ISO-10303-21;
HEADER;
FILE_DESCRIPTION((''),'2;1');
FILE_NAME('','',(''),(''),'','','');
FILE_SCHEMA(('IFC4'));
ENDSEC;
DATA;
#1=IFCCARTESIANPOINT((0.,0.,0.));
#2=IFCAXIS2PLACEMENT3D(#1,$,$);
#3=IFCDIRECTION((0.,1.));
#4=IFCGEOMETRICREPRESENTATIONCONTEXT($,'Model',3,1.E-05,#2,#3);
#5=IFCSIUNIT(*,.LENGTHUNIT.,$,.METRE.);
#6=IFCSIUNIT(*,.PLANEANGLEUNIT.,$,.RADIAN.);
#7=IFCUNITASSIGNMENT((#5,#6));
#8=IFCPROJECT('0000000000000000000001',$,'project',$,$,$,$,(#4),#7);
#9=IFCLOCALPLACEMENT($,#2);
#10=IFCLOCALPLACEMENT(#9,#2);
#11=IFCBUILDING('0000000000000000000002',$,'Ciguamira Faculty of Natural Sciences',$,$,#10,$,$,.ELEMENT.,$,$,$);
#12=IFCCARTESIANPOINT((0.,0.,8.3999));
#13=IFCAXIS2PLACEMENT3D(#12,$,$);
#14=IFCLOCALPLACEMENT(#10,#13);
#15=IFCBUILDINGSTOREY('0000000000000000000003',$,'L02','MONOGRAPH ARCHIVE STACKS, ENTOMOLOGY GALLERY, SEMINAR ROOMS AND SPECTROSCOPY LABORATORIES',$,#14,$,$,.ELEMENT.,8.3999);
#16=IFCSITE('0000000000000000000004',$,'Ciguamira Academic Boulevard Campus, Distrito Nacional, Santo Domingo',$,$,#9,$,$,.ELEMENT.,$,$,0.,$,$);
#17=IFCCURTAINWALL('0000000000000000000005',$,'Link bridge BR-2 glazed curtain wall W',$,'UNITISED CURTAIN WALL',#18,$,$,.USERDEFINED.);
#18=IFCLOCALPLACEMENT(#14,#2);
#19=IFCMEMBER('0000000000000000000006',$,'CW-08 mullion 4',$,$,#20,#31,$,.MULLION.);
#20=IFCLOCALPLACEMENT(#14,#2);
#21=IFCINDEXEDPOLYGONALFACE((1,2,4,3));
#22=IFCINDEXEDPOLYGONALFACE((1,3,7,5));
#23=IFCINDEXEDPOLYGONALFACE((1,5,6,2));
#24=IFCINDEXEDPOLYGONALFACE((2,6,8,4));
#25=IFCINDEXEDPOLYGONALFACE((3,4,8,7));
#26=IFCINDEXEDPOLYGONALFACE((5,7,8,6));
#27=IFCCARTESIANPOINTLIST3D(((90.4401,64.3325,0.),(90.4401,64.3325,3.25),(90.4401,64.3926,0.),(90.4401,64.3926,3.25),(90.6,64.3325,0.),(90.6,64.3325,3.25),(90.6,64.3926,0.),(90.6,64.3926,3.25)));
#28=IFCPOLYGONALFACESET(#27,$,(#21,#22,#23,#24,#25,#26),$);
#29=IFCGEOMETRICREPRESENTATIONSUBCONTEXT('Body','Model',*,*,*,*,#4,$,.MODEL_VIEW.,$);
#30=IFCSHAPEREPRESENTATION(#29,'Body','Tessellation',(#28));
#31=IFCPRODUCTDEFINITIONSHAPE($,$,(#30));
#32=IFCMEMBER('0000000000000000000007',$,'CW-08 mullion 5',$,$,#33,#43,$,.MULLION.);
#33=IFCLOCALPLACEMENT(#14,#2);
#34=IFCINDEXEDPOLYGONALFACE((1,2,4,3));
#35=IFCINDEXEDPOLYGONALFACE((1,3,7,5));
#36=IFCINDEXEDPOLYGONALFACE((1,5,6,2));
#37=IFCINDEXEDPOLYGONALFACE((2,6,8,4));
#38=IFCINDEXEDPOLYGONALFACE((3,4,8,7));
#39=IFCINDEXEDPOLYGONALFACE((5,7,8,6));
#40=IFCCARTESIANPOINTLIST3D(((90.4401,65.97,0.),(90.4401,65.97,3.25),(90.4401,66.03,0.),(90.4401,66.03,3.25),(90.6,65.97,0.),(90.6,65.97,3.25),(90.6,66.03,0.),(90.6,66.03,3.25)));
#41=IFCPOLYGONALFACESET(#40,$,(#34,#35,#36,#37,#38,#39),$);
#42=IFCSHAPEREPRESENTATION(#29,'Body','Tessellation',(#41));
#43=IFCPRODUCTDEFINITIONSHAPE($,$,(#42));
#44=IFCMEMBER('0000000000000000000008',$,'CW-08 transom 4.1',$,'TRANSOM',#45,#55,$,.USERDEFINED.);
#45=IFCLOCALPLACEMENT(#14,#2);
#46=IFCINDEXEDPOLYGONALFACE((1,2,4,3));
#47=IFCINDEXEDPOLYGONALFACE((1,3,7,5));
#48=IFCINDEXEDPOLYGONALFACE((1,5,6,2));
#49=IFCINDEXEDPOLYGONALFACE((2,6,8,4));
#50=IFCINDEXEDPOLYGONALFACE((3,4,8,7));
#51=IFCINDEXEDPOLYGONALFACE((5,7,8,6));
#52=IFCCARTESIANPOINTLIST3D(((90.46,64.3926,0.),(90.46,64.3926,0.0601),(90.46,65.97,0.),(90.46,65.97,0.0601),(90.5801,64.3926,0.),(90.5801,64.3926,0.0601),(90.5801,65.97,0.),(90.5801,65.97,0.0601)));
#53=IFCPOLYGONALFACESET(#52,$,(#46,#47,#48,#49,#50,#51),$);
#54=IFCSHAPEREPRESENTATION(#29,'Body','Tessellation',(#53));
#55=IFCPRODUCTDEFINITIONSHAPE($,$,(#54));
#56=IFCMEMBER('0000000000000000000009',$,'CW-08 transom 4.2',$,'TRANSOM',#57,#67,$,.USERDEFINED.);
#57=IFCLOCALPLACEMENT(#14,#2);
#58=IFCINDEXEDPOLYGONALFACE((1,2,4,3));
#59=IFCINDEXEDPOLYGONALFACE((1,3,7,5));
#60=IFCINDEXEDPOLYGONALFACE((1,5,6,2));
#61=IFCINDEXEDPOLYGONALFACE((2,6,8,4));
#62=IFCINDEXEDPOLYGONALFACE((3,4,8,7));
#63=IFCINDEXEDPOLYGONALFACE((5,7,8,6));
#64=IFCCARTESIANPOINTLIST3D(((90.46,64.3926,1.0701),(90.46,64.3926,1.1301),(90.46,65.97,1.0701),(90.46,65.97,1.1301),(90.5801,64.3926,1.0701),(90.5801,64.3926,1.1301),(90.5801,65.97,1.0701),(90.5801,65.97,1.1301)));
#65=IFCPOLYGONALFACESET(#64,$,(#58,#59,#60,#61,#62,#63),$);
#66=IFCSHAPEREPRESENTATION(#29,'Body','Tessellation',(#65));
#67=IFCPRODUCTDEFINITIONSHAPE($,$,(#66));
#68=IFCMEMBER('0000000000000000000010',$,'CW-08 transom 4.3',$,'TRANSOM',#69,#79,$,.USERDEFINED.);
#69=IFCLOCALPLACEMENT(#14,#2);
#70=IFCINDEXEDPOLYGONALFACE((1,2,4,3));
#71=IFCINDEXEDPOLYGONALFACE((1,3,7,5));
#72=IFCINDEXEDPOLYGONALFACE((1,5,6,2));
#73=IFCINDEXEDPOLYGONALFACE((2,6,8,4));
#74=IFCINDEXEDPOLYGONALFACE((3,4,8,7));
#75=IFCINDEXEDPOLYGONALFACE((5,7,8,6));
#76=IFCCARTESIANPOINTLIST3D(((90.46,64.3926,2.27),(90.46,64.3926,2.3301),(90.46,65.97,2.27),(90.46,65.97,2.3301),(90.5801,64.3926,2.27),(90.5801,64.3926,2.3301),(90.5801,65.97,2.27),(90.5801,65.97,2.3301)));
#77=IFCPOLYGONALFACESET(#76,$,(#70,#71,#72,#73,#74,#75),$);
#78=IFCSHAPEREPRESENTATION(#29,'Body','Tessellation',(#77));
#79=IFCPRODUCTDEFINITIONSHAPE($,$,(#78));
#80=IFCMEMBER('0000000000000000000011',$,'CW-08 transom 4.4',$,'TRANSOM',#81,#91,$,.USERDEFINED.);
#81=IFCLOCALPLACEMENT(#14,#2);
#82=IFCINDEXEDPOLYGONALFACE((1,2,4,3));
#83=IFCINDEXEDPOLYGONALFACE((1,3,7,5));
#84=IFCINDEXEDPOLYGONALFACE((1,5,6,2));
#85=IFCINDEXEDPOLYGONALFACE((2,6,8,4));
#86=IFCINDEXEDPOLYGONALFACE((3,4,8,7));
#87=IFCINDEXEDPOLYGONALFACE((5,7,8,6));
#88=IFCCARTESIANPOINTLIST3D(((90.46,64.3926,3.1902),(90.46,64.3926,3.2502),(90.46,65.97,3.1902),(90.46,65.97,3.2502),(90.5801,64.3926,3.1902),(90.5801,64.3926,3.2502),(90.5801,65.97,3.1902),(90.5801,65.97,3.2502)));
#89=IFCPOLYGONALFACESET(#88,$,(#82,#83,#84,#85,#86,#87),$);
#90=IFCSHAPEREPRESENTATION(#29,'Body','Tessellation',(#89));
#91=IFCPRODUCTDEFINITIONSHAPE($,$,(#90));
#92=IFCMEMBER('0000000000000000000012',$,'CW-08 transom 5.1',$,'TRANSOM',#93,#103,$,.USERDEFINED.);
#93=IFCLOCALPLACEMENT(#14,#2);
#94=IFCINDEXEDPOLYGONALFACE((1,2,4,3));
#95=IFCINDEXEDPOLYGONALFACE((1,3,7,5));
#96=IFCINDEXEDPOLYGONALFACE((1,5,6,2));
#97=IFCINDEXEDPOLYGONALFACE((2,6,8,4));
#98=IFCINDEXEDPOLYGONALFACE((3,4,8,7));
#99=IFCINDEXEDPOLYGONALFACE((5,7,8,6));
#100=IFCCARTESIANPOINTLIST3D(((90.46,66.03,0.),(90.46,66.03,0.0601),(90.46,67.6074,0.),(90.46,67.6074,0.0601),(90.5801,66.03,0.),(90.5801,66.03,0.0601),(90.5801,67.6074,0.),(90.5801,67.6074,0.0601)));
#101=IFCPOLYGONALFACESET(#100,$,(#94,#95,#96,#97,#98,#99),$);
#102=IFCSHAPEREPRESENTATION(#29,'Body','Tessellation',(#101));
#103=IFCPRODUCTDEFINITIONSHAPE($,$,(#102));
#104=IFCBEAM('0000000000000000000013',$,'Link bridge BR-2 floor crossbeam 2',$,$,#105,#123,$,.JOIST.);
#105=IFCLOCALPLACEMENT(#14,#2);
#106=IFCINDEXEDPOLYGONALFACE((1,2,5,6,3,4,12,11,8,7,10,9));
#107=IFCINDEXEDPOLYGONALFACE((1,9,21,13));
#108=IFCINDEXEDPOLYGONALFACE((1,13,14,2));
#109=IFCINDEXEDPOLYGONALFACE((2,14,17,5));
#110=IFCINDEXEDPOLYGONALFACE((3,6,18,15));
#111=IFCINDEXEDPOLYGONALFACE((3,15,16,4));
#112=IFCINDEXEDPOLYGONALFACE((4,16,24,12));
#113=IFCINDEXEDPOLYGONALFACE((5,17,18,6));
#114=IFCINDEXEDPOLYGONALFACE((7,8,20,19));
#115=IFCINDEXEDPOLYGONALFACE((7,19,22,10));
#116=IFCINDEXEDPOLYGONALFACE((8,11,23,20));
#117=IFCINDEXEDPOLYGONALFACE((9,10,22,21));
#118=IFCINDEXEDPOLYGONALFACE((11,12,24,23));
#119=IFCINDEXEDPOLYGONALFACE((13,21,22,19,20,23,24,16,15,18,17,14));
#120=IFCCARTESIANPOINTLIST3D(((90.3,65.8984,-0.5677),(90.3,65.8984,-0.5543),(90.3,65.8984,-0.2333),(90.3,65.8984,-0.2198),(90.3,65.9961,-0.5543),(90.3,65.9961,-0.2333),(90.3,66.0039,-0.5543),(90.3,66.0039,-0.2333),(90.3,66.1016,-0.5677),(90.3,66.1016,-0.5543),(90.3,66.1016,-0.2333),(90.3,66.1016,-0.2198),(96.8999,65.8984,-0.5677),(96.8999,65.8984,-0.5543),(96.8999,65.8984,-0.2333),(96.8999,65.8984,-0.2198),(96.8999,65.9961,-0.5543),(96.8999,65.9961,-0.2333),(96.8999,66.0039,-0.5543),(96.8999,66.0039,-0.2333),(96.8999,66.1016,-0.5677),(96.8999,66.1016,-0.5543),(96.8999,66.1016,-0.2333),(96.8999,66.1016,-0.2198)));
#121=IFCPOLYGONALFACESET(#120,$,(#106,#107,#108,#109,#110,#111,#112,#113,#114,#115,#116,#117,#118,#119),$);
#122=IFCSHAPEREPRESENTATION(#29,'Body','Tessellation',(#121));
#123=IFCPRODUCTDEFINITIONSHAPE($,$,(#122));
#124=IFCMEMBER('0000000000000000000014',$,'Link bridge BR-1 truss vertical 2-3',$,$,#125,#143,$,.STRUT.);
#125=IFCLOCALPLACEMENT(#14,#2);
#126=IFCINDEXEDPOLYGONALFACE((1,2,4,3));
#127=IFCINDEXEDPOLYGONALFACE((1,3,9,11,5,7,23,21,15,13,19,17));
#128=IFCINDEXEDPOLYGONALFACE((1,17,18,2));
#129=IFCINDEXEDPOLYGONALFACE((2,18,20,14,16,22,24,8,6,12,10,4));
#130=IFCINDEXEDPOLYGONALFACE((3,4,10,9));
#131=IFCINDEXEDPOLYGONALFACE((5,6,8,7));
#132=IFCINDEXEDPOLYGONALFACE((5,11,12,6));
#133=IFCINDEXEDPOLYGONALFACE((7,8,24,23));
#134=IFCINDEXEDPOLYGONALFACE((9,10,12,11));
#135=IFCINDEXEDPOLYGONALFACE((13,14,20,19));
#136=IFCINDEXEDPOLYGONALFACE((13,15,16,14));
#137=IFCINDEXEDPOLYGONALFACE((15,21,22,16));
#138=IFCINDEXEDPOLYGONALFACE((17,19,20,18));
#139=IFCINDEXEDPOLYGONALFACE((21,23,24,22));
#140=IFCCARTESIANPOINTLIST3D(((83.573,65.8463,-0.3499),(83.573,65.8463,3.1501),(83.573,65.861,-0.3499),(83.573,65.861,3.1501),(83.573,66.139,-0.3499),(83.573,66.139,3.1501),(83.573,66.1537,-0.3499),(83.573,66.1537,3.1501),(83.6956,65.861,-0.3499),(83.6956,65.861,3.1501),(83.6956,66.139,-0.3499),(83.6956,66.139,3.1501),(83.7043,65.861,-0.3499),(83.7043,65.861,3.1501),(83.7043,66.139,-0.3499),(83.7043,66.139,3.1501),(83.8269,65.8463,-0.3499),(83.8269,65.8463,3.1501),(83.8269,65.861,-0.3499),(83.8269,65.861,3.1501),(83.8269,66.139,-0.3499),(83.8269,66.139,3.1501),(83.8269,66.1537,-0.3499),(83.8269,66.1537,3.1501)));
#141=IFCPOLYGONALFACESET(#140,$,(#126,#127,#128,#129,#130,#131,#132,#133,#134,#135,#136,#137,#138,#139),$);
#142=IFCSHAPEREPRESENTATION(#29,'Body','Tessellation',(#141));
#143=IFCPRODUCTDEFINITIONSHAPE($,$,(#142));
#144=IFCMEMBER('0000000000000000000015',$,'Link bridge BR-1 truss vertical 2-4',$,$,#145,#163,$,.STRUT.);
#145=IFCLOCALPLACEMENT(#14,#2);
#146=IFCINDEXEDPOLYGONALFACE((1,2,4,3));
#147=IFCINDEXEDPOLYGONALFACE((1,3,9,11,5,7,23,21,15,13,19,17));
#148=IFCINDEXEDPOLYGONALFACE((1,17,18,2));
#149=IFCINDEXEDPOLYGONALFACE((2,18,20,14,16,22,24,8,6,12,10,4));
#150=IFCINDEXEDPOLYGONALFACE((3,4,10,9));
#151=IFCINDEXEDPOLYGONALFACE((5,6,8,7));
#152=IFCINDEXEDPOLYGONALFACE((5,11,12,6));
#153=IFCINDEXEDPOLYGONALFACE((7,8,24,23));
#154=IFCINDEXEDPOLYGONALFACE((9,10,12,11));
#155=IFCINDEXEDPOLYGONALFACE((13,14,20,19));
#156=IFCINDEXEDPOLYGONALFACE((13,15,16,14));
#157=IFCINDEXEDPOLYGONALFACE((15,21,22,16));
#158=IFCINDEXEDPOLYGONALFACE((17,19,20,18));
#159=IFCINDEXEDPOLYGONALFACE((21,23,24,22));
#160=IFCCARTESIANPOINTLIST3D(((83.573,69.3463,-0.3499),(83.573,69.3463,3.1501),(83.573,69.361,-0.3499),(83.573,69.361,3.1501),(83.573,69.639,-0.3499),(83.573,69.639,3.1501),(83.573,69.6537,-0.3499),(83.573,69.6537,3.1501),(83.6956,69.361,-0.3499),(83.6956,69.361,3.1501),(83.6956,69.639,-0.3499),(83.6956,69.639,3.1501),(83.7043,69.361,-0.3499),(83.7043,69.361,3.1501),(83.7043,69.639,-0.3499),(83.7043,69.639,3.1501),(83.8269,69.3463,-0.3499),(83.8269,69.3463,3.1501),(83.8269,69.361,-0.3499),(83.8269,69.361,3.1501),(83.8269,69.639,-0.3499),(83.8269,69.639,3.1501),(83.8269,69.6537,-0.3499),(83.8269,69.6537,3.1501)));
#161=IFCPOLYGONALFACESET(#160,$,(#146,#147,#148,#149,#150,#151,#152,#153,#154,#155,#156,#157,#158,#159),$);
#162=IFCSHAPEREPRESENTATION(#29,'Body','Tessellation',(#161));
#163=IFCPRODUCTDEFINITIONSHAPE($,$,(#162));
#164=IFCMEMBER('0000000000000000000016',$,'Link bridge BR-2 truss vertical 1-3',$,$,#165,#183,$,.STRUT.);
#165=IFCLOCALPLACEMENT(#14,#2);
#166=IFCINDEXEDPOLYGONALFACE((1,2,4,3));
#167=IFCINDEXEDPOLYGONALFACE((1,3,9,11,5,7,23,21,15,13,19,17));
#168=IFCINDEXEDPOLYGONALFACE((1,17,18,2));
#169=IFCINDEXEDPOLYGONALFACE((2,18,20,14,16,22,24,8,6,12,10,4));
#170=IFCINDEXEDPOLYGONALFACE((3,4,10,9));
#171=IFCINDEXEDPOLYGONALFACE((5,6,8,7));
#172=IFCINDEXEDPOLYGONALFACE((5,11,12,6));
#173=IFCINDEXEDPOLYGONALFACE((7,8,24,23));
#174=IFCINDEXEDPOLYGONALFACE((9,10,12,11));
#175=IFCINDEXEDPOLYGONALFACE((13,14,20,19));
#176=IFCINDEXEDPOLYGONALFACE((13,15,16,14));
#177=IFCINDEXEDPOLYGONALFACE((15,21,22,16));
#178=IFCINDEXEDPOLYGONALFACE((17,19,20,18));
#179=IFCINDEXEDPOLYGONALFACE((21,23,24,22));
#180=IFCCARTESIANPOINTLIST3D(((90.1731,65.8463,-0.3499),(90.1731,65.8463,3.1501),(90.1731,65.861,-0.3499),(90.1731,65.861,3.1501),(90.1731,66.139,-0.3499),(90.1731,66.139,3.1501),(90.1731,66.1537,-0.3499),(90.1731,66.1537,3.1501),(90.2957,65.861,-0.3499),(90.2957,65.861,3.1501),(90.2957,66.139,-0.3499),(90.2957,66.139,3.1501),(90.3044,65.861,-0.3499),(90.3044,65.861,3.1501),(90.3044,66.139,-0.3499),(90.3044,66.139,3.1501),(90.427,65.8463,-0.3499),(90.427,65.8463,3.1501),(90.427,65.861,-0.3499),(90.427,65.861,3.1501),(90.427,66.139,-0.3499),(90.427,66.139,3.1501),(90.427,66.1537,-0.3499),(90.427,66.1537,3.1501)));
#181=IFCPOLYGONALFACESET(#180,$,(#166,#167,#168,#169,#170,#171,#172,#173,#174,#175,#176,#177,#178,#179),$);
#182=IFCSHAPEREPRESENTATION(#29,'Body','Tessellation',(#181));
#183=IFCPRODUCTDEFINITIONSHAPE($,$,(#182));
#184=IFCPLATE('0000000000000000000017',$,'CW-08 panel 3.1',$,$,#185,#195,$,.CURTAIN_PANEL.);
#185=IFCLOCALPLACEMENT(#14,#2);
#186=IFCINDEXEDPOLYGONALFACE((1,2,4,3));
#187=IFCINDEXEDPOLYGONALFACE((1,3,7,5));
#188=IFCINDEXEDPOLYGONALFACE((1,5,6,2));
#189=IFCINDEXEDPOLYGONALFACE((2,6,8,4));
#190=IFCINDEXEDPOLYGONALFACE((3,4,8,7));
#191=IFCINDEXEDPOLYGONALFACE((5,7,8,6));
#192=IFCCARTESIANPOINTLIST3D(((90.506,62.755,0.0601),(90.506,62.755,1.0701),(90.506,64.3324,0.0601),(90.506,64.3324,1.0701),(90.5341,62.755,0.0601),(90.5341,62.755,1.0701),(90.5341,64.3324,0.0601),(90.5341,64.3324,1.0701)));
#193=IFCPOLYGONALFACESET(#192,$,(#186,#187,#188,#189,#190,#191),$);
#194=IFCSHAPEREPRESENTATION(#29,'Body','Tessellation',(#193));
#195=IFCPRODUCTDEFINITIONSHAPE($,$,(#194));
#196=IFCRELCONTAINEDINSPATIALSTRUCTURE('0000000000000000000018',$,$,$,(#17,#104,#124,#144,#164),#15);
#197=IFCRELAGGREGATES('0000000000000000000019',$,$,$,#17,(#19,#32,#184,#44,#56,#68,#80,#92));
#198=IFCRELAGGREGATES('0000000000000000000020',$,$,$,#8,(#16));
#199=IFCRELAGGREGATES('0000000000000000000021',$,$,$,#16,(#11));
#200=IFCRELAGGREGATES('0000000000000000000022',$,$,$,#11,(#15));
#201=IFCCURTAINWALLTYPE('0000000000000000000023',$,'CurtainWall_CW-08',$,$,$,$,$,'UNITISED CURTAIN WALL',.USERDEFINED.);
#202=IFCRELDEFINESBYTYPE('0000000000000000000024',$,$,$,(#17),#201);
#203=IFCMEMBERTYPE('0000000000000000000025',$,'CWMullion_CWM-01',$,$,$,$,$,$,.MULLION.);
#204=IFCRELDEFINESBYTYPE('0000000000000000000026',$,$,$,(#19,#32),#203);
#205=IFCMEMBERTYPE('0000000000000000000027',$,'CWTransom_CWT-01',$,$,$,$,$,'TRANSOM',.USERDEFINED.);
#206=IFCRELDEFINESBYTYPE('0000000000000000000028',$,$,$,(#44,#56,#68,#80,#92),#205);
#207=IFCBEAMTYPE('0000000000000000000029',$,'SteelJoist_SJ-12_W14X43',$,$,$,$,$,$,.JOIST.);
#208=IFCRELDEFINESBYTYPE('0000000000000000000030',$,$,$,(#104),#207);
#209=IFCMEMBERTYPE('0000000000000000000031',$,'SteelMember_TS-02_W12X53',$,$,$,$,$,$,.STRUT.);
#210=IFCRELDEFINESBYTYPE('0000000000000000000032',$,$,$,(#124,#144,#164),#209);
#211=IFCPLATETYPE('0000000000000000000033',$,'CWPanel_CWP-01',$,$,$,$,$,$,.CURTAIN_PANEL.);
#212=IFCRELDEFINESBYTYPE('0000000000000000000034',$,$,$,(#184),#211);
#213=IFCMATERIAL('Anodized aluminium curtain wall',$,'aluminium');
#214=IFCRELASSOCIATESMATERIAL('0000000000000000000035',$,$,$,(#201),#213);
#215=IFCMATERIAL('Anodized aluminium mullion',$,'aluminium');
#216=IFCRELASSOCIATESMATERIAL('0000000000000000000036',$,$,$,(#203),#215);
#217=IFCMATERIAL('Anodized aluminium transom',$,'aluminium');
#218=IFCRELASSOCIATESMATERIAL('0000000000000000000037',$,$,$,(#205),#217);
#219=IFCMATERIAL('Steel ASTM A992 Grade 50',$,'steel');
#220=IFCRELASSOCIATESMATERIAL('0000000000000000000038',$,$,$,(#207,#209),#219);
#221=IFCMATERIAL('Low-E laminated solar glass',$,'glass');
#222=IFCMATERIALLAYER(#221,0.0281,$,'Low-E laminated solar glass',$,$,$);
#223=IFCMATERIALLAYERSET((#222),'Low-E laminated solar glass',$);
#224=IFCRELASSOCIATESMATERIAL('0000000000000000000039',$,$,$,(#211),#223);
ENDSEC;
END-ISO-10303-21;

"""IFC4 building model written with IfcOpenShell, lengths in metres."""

from ifc_helpers import new_model, si_unit, direction, frame, origin, origin_2d, place, context, subcontext, project, spatial, rectangle, i_section, extrude, material, layer, layer_set, material_profile, profile_set, type_object, element, aggregate, save


model = new_model("IFC4")

# Units and contexts
model_context = context("Model", 3, precision=1e-05, world=origin(), true_north=direction((0.0, 1.0)))
body_context = subcontext(model_context, "Body", "Model", "MODEL_VIEW")
ifc_project = project(units=[si_unit("LENGTHUNIT", "METRE"), si_unit("PLANEANGLEUNIT", "RADIAN")], contexts=[model_context])

# Site, building, storey
site_placement = place(None, origin())
site = spatial("IfcSite", under=ifc_project, at=site_placement, Name="Ciguamira Academic Boulevard Campus, Distrito Nacional, Santo Domingo", CompositionType="ELEMENT", RefElevation=0.0)
building_placement = place(site_placement, origin())
building = spatial("IfcBuilding", under=site, at=building_placement, Name="Ciguamira Faculty of Natural Sciences", CompositionType="ELEMENT")
storey_placement = place(building_placement, frame((0.0, 0.0, 8.3999)))
storey = spatial("IfcBuildingStorey", under=building, at=storey_placement, Name="L02", Description="MONOGRAPH ARCHIVE STACKS, ENTOMOLOGY GALLERY, SEMINAR ROOMS AND SPECTROSCOPY LABORATORIES", CompositionType="ELEMENT", Elevation=8.3999)

# Curtain wall, members
ifc_material_1 = material(Name="Anodized aluminium curtain wall", Category="aluminium")
curtain_wall_type = type_object("IfcCurtainWallType", Name="CurtainWall_CW-08", ElementType="UNITISED CURTAIN WALL", PredefinedType="USERDEFINED", material=ifc_material_1)
curtain_wall_placement = place(storey_placement, origin())
curtain_wall = element("IfcCurtainWall", 1, at=curtain_wall_placement, inside=storey, type_object=curtain_wall_type, Name="Link bridge BR-2 glazed curtain wall W", ObjectType="UNITISED CURTAIN WALL", PredefinedType="USERDEFINED")
ifc_material_2 = material(Name="Anodized aluminium mullion", Category="aluminium")
ifc_material_profile_1 = material_profile(ifc_material_2, rectangle(XDim=0.0601, YDim=0.1599, at=origin_2d()), Name="ALU-MUL-60X160")
ifc_profile_set_1 = profile_set([ifc_material_profile_1], Name="Anodized aluminium mullion")
member_type_1 = type_object("IfcMemberType", Name="CWMullion_CWM-01", PredefinedType="MULLION", material=ifc_profile_set_1)
member_1_placement = place(storey_placement, frame((90.52, 64.3625, 0.0), z_axis=(0.0, 0.0, 1.0), x_axis=(0.0, 1.0, 0.0)))
member_1 = element("IfcMember", 2, at=member_1_placement, type_object=member_type_1, Name="CW-08 mullion 4", PredefinedType="MULLION", context=body_context, shape_type="SweptSolid", body=[
    extrude(rectangle(XDim=0.0601, YDim=0.1599, at=origin_2d()), origin(), (0.0, 0.0, 1.0), 3.25),
])
member_2_placement = place(storey_placement, frame((90.52, 66.0, 0.0), z_axis=(0.0, 0.0, 1.0), x_axis=(0.0, 1.0, 0.0)))
member_2 = element("IfcMember", 3, at=member_2_placement, type_object=member_type_1, Name="CW-08 mullion 5", PredefinedType="MULLION", context=body_context, shape_type="SweptSolid", body=[
    extrude(rectangle(XDim=0.0601, YDim=0.1599, at=origin_2d()), origin(), (0.0, 0.0, 1.0), 3.25),
])
ifc_material_3 = material(Name="Anodized aluminium transom", Category="aluminium")
ifc_material_profile_2 = material_profile(ifc_material_3, rectangle(XDim=0.0601, YDim=0.1201, at=origin_2d()), Name="ALU-TRN-60X120")
ifc_profile_set_2 = profile_set([ifc_material_profile_2], Name="Anodized aluminium transom")
member_type_2 = type_object("IfcMemberType", Name="CWTransom_CWT-01", ElementType="TRANSOM", PredefinedType="USERDEFINED", material=ifc_profile_set_2)
member_3_placement = place(storey_placement, frame((90.52, 64.3926, 0.03), z_axis=(0.0, 1.0, 0.0), x_axis=(0.0, 0.0, 1.0)))
member_3 = element("IfcMember", 4, at=member_3_placement, type_object=member_type_2, Name="CW-08 transom 4.1", ObjectType="TRANSOM", PredefinedType="USERDEFINED", context=body_context, shape_type="SweptSolid", body=[
    extrude(rectangle(XDim=0.0601, YDim=0.1201, at=origin_2d()), origin(), (0.0, 0.0, 1.0), 1.5774),
])
member_4_placement = place(storey_placement, frame((90.52, 64.3926, 1.1001), z_axis=(0.0, 1.0, 0.0), x_axis=(0.0, 0.0, 1.0)))
member_4 = element("IfcMember", 5, at=member_4_placement, type_object=member_type_2, Name="CW-08 transom 4.2", ObjectType="TRANSOM", PredefinedType="USERDEFINED", context=body_context, shape_type="SweptSolid", body=[
    extrude(rectangle(XDim=0.0601, YDim=0.1201, at=origin_2d()), origin(), (0.0, 0.0, 1.0), 1.5774),
])
member_5_placement = place(storey_placement, frame((90.52, 64.3926, 2.3), z_axis=(0.0, 1.0, 0.0), x_axis=(0.0, 0.0, 1.0)))
member_5 = element("IfcMember", 6, at=member_5_placement, type_object=member_type_2, Name="CW-08 transom 4.3", ObjectType="TRANSOM", PredefinedType="USERDEFINED", context=body_context, shape_type="SweptSolid", body=[
    extrude(rectangle(XDim=0.0601, YDim=0.1201, at=origin_2d()), origin(), (0.0, 0.0, 1.0), 1.5774),
])
member_6_placement = place(storey_placement, frame((90.52, 64.3926, 3.2202), z_axis=(0.0, 1.0, 0.0), x_axis=(0.0, 0.0, 1.0)))
member_6 = element("IfcMember", 7, at=member_6_placement, type_object=member_type_2, Name="CW-08 transom 4.4", ObjectType="TRANSOM", PredefinedType="USERDEFINED", context=body_context, shape_type="SweptSolid", body=[
    extrude(rectangle(XDim=0.0601, YDim=0.1201, at=origin_2d()), origin(), (0.0, 0.0, 1.0), 1.5774),
])
member_7_placement = place(storey_placement, frame((90.52, 66.03, 0.03), z_axis=(0.0, 1.0, 0.0), x_axis=(0.0, 0.0, 1.0)))
member_7 = element("IfcMember", 8, at=member_7_placement, type_object=member_type_2, Name="CW-08 transom 5.1", ObjectType="TRANSOM", PredefinedType="USERDEFINED", context=body_context, shape_type="SweptSolid", body=[
    extrude(rectangle(XDim=0.0601, YDim=0.1201, at=origin_2d()), origin(), (0.0, 0.0, 1.0), 1.5774),
])

# Beam
ifc_material_4 = material(Name="Steel ASTM A992 Grade 50", Category="steel")
ifc_material_profile_3 = material_profile(ifc_material_4, i_section(OverallWidth=0.2031, OverallDepth=0.3479, WebThickness=0.0078, FlangeThickness=0.0134, at=origin_2d()), Name="W14X43")
ifc_profile_set_3 = profile_set([ifc_material_profile_3], Name="Steel ASTM A992 Grade 50")
beam_type = type_object("IfcBeamType", Name="SteelJoist_SJ-12_W14X43", PredefinedType="JOIST", material=ifc_profile_set_3)
beam_placement = place(storey_placement, frame((90.3, 66.0, -0.3938), z_axis=(1.0, 0.0, 0.0), x_axis=(0.0, 1.0, 0.0)))
element("IfcBeam", 9, at=beam_placement, inside=storey, type_object=beam_type, Name="Link bridge BR-2 floor crossbeam 2", PredefinedType="JOIST", context=body_context, shape_type="SweptSolid", body=[
    extrude(i_section(OverallWidth=0.2031, OverallDepth=0.3479, WebThickness=0.0078, FlangeThickness=0.0134, at=origin_2d()), origin(), (0.0, 0.0, 1.0), 6.5999),
])

# Members
ifc_material_profile_4 = material_profile(ifc_material_4, i_section(OverallWidth=0.2539, OverallDepth=0.3074, WebThickness=0.0088, FlangeThickness=0.0146, at=origin_2d()), Name="W12X53")
ifc_profile_set_4 = profile_set([ifc_material_profile_4], Name="Steel ASTM A992 Grade 50")
member_type_3 = type_object("IfcMemberType", Name="SteelMember_TS-02_W12X53", PredefinedType="STRUT", material=ifc_profile_set_4)
for number, where, z_axis, x_axis, name in (
    (10, (83.7, 66.0, -0.3499), (0.0, 0.0, 1.0), (1.0, 0.0, 0.0), "Link bridge BR-1 truss vertical 2-3"),
    (11, (83.7, 69.5, -0.3499), (0.0, 0.0, 1.0), (1.0, 0.0, 0.0), "Link bridge BR-1 truss vertical 2-4"),
    (12, (90.3, 66.0, -0.3499), (0.0, 0.0, 1.0), (1.0, 0.0, 0.0), "Link bridge BR-2 truss vertical 1-3"),
):
    element("IfcMember", number, at=place(storey_placement, frame(where, z_axis=z_axis, x_axis=x_axis)), inside=storey, type_object=member_type_3, Name=name, PredefinedType="STRUT", context=body_context, shape_type="SweptSolid", body=[
        extrude(i_section(OverallWidth=0.2539, OverallDepth=0.3074, WebThickness=0.0088, FlangeThickness=0.0146, at=origin_2d()), origin(), (0.0, 0.0, 1.0), 3.5),
    ])

# Plate
ifc_material_5 = material(Name="Low-E laminated solar glass", Category="glass")
ifc_layer_1 = layer(ifc_material_5, 0.0281, Name="Low-E laminated solar glass")
ifc_layer_set_1 = layer_set([ifc_layer_1], Name="Low-E laminated solar glass")
plate_type_1 = type_object("IfcPlateType", Name="CWPanel_CWP-01", PredefinedType="CURTAIN_PANEL", material=ifc_layer_set_1)
plate_1_placement = place(storey_placement, frame((90.52, 63.5437, 0.0601), z_axis=(0.0, 0.0, 1.0), x_axis=(0.0, 1.0, 0.0)))
plate_1 = element("IfcPlate", 13, at=plate_1_placement, type_object=plate_type_1, Name="CW-08 panel 3.1", PredefinedType="CURTAIN_PANEL", context=body_context, shape_type="SweptSolid", body=[
    extrude(rectangle(XDim=1.5774, YDim=0.0281, at=origin_2d()), origin(), (0.0, 0.0, 1.0), 1.01),
])
aggregate(curtain_wall, [member_1, member_2, plate_1, member_3, member_4, member_5, member_6, member_7])

save(model, "model.ifc")
